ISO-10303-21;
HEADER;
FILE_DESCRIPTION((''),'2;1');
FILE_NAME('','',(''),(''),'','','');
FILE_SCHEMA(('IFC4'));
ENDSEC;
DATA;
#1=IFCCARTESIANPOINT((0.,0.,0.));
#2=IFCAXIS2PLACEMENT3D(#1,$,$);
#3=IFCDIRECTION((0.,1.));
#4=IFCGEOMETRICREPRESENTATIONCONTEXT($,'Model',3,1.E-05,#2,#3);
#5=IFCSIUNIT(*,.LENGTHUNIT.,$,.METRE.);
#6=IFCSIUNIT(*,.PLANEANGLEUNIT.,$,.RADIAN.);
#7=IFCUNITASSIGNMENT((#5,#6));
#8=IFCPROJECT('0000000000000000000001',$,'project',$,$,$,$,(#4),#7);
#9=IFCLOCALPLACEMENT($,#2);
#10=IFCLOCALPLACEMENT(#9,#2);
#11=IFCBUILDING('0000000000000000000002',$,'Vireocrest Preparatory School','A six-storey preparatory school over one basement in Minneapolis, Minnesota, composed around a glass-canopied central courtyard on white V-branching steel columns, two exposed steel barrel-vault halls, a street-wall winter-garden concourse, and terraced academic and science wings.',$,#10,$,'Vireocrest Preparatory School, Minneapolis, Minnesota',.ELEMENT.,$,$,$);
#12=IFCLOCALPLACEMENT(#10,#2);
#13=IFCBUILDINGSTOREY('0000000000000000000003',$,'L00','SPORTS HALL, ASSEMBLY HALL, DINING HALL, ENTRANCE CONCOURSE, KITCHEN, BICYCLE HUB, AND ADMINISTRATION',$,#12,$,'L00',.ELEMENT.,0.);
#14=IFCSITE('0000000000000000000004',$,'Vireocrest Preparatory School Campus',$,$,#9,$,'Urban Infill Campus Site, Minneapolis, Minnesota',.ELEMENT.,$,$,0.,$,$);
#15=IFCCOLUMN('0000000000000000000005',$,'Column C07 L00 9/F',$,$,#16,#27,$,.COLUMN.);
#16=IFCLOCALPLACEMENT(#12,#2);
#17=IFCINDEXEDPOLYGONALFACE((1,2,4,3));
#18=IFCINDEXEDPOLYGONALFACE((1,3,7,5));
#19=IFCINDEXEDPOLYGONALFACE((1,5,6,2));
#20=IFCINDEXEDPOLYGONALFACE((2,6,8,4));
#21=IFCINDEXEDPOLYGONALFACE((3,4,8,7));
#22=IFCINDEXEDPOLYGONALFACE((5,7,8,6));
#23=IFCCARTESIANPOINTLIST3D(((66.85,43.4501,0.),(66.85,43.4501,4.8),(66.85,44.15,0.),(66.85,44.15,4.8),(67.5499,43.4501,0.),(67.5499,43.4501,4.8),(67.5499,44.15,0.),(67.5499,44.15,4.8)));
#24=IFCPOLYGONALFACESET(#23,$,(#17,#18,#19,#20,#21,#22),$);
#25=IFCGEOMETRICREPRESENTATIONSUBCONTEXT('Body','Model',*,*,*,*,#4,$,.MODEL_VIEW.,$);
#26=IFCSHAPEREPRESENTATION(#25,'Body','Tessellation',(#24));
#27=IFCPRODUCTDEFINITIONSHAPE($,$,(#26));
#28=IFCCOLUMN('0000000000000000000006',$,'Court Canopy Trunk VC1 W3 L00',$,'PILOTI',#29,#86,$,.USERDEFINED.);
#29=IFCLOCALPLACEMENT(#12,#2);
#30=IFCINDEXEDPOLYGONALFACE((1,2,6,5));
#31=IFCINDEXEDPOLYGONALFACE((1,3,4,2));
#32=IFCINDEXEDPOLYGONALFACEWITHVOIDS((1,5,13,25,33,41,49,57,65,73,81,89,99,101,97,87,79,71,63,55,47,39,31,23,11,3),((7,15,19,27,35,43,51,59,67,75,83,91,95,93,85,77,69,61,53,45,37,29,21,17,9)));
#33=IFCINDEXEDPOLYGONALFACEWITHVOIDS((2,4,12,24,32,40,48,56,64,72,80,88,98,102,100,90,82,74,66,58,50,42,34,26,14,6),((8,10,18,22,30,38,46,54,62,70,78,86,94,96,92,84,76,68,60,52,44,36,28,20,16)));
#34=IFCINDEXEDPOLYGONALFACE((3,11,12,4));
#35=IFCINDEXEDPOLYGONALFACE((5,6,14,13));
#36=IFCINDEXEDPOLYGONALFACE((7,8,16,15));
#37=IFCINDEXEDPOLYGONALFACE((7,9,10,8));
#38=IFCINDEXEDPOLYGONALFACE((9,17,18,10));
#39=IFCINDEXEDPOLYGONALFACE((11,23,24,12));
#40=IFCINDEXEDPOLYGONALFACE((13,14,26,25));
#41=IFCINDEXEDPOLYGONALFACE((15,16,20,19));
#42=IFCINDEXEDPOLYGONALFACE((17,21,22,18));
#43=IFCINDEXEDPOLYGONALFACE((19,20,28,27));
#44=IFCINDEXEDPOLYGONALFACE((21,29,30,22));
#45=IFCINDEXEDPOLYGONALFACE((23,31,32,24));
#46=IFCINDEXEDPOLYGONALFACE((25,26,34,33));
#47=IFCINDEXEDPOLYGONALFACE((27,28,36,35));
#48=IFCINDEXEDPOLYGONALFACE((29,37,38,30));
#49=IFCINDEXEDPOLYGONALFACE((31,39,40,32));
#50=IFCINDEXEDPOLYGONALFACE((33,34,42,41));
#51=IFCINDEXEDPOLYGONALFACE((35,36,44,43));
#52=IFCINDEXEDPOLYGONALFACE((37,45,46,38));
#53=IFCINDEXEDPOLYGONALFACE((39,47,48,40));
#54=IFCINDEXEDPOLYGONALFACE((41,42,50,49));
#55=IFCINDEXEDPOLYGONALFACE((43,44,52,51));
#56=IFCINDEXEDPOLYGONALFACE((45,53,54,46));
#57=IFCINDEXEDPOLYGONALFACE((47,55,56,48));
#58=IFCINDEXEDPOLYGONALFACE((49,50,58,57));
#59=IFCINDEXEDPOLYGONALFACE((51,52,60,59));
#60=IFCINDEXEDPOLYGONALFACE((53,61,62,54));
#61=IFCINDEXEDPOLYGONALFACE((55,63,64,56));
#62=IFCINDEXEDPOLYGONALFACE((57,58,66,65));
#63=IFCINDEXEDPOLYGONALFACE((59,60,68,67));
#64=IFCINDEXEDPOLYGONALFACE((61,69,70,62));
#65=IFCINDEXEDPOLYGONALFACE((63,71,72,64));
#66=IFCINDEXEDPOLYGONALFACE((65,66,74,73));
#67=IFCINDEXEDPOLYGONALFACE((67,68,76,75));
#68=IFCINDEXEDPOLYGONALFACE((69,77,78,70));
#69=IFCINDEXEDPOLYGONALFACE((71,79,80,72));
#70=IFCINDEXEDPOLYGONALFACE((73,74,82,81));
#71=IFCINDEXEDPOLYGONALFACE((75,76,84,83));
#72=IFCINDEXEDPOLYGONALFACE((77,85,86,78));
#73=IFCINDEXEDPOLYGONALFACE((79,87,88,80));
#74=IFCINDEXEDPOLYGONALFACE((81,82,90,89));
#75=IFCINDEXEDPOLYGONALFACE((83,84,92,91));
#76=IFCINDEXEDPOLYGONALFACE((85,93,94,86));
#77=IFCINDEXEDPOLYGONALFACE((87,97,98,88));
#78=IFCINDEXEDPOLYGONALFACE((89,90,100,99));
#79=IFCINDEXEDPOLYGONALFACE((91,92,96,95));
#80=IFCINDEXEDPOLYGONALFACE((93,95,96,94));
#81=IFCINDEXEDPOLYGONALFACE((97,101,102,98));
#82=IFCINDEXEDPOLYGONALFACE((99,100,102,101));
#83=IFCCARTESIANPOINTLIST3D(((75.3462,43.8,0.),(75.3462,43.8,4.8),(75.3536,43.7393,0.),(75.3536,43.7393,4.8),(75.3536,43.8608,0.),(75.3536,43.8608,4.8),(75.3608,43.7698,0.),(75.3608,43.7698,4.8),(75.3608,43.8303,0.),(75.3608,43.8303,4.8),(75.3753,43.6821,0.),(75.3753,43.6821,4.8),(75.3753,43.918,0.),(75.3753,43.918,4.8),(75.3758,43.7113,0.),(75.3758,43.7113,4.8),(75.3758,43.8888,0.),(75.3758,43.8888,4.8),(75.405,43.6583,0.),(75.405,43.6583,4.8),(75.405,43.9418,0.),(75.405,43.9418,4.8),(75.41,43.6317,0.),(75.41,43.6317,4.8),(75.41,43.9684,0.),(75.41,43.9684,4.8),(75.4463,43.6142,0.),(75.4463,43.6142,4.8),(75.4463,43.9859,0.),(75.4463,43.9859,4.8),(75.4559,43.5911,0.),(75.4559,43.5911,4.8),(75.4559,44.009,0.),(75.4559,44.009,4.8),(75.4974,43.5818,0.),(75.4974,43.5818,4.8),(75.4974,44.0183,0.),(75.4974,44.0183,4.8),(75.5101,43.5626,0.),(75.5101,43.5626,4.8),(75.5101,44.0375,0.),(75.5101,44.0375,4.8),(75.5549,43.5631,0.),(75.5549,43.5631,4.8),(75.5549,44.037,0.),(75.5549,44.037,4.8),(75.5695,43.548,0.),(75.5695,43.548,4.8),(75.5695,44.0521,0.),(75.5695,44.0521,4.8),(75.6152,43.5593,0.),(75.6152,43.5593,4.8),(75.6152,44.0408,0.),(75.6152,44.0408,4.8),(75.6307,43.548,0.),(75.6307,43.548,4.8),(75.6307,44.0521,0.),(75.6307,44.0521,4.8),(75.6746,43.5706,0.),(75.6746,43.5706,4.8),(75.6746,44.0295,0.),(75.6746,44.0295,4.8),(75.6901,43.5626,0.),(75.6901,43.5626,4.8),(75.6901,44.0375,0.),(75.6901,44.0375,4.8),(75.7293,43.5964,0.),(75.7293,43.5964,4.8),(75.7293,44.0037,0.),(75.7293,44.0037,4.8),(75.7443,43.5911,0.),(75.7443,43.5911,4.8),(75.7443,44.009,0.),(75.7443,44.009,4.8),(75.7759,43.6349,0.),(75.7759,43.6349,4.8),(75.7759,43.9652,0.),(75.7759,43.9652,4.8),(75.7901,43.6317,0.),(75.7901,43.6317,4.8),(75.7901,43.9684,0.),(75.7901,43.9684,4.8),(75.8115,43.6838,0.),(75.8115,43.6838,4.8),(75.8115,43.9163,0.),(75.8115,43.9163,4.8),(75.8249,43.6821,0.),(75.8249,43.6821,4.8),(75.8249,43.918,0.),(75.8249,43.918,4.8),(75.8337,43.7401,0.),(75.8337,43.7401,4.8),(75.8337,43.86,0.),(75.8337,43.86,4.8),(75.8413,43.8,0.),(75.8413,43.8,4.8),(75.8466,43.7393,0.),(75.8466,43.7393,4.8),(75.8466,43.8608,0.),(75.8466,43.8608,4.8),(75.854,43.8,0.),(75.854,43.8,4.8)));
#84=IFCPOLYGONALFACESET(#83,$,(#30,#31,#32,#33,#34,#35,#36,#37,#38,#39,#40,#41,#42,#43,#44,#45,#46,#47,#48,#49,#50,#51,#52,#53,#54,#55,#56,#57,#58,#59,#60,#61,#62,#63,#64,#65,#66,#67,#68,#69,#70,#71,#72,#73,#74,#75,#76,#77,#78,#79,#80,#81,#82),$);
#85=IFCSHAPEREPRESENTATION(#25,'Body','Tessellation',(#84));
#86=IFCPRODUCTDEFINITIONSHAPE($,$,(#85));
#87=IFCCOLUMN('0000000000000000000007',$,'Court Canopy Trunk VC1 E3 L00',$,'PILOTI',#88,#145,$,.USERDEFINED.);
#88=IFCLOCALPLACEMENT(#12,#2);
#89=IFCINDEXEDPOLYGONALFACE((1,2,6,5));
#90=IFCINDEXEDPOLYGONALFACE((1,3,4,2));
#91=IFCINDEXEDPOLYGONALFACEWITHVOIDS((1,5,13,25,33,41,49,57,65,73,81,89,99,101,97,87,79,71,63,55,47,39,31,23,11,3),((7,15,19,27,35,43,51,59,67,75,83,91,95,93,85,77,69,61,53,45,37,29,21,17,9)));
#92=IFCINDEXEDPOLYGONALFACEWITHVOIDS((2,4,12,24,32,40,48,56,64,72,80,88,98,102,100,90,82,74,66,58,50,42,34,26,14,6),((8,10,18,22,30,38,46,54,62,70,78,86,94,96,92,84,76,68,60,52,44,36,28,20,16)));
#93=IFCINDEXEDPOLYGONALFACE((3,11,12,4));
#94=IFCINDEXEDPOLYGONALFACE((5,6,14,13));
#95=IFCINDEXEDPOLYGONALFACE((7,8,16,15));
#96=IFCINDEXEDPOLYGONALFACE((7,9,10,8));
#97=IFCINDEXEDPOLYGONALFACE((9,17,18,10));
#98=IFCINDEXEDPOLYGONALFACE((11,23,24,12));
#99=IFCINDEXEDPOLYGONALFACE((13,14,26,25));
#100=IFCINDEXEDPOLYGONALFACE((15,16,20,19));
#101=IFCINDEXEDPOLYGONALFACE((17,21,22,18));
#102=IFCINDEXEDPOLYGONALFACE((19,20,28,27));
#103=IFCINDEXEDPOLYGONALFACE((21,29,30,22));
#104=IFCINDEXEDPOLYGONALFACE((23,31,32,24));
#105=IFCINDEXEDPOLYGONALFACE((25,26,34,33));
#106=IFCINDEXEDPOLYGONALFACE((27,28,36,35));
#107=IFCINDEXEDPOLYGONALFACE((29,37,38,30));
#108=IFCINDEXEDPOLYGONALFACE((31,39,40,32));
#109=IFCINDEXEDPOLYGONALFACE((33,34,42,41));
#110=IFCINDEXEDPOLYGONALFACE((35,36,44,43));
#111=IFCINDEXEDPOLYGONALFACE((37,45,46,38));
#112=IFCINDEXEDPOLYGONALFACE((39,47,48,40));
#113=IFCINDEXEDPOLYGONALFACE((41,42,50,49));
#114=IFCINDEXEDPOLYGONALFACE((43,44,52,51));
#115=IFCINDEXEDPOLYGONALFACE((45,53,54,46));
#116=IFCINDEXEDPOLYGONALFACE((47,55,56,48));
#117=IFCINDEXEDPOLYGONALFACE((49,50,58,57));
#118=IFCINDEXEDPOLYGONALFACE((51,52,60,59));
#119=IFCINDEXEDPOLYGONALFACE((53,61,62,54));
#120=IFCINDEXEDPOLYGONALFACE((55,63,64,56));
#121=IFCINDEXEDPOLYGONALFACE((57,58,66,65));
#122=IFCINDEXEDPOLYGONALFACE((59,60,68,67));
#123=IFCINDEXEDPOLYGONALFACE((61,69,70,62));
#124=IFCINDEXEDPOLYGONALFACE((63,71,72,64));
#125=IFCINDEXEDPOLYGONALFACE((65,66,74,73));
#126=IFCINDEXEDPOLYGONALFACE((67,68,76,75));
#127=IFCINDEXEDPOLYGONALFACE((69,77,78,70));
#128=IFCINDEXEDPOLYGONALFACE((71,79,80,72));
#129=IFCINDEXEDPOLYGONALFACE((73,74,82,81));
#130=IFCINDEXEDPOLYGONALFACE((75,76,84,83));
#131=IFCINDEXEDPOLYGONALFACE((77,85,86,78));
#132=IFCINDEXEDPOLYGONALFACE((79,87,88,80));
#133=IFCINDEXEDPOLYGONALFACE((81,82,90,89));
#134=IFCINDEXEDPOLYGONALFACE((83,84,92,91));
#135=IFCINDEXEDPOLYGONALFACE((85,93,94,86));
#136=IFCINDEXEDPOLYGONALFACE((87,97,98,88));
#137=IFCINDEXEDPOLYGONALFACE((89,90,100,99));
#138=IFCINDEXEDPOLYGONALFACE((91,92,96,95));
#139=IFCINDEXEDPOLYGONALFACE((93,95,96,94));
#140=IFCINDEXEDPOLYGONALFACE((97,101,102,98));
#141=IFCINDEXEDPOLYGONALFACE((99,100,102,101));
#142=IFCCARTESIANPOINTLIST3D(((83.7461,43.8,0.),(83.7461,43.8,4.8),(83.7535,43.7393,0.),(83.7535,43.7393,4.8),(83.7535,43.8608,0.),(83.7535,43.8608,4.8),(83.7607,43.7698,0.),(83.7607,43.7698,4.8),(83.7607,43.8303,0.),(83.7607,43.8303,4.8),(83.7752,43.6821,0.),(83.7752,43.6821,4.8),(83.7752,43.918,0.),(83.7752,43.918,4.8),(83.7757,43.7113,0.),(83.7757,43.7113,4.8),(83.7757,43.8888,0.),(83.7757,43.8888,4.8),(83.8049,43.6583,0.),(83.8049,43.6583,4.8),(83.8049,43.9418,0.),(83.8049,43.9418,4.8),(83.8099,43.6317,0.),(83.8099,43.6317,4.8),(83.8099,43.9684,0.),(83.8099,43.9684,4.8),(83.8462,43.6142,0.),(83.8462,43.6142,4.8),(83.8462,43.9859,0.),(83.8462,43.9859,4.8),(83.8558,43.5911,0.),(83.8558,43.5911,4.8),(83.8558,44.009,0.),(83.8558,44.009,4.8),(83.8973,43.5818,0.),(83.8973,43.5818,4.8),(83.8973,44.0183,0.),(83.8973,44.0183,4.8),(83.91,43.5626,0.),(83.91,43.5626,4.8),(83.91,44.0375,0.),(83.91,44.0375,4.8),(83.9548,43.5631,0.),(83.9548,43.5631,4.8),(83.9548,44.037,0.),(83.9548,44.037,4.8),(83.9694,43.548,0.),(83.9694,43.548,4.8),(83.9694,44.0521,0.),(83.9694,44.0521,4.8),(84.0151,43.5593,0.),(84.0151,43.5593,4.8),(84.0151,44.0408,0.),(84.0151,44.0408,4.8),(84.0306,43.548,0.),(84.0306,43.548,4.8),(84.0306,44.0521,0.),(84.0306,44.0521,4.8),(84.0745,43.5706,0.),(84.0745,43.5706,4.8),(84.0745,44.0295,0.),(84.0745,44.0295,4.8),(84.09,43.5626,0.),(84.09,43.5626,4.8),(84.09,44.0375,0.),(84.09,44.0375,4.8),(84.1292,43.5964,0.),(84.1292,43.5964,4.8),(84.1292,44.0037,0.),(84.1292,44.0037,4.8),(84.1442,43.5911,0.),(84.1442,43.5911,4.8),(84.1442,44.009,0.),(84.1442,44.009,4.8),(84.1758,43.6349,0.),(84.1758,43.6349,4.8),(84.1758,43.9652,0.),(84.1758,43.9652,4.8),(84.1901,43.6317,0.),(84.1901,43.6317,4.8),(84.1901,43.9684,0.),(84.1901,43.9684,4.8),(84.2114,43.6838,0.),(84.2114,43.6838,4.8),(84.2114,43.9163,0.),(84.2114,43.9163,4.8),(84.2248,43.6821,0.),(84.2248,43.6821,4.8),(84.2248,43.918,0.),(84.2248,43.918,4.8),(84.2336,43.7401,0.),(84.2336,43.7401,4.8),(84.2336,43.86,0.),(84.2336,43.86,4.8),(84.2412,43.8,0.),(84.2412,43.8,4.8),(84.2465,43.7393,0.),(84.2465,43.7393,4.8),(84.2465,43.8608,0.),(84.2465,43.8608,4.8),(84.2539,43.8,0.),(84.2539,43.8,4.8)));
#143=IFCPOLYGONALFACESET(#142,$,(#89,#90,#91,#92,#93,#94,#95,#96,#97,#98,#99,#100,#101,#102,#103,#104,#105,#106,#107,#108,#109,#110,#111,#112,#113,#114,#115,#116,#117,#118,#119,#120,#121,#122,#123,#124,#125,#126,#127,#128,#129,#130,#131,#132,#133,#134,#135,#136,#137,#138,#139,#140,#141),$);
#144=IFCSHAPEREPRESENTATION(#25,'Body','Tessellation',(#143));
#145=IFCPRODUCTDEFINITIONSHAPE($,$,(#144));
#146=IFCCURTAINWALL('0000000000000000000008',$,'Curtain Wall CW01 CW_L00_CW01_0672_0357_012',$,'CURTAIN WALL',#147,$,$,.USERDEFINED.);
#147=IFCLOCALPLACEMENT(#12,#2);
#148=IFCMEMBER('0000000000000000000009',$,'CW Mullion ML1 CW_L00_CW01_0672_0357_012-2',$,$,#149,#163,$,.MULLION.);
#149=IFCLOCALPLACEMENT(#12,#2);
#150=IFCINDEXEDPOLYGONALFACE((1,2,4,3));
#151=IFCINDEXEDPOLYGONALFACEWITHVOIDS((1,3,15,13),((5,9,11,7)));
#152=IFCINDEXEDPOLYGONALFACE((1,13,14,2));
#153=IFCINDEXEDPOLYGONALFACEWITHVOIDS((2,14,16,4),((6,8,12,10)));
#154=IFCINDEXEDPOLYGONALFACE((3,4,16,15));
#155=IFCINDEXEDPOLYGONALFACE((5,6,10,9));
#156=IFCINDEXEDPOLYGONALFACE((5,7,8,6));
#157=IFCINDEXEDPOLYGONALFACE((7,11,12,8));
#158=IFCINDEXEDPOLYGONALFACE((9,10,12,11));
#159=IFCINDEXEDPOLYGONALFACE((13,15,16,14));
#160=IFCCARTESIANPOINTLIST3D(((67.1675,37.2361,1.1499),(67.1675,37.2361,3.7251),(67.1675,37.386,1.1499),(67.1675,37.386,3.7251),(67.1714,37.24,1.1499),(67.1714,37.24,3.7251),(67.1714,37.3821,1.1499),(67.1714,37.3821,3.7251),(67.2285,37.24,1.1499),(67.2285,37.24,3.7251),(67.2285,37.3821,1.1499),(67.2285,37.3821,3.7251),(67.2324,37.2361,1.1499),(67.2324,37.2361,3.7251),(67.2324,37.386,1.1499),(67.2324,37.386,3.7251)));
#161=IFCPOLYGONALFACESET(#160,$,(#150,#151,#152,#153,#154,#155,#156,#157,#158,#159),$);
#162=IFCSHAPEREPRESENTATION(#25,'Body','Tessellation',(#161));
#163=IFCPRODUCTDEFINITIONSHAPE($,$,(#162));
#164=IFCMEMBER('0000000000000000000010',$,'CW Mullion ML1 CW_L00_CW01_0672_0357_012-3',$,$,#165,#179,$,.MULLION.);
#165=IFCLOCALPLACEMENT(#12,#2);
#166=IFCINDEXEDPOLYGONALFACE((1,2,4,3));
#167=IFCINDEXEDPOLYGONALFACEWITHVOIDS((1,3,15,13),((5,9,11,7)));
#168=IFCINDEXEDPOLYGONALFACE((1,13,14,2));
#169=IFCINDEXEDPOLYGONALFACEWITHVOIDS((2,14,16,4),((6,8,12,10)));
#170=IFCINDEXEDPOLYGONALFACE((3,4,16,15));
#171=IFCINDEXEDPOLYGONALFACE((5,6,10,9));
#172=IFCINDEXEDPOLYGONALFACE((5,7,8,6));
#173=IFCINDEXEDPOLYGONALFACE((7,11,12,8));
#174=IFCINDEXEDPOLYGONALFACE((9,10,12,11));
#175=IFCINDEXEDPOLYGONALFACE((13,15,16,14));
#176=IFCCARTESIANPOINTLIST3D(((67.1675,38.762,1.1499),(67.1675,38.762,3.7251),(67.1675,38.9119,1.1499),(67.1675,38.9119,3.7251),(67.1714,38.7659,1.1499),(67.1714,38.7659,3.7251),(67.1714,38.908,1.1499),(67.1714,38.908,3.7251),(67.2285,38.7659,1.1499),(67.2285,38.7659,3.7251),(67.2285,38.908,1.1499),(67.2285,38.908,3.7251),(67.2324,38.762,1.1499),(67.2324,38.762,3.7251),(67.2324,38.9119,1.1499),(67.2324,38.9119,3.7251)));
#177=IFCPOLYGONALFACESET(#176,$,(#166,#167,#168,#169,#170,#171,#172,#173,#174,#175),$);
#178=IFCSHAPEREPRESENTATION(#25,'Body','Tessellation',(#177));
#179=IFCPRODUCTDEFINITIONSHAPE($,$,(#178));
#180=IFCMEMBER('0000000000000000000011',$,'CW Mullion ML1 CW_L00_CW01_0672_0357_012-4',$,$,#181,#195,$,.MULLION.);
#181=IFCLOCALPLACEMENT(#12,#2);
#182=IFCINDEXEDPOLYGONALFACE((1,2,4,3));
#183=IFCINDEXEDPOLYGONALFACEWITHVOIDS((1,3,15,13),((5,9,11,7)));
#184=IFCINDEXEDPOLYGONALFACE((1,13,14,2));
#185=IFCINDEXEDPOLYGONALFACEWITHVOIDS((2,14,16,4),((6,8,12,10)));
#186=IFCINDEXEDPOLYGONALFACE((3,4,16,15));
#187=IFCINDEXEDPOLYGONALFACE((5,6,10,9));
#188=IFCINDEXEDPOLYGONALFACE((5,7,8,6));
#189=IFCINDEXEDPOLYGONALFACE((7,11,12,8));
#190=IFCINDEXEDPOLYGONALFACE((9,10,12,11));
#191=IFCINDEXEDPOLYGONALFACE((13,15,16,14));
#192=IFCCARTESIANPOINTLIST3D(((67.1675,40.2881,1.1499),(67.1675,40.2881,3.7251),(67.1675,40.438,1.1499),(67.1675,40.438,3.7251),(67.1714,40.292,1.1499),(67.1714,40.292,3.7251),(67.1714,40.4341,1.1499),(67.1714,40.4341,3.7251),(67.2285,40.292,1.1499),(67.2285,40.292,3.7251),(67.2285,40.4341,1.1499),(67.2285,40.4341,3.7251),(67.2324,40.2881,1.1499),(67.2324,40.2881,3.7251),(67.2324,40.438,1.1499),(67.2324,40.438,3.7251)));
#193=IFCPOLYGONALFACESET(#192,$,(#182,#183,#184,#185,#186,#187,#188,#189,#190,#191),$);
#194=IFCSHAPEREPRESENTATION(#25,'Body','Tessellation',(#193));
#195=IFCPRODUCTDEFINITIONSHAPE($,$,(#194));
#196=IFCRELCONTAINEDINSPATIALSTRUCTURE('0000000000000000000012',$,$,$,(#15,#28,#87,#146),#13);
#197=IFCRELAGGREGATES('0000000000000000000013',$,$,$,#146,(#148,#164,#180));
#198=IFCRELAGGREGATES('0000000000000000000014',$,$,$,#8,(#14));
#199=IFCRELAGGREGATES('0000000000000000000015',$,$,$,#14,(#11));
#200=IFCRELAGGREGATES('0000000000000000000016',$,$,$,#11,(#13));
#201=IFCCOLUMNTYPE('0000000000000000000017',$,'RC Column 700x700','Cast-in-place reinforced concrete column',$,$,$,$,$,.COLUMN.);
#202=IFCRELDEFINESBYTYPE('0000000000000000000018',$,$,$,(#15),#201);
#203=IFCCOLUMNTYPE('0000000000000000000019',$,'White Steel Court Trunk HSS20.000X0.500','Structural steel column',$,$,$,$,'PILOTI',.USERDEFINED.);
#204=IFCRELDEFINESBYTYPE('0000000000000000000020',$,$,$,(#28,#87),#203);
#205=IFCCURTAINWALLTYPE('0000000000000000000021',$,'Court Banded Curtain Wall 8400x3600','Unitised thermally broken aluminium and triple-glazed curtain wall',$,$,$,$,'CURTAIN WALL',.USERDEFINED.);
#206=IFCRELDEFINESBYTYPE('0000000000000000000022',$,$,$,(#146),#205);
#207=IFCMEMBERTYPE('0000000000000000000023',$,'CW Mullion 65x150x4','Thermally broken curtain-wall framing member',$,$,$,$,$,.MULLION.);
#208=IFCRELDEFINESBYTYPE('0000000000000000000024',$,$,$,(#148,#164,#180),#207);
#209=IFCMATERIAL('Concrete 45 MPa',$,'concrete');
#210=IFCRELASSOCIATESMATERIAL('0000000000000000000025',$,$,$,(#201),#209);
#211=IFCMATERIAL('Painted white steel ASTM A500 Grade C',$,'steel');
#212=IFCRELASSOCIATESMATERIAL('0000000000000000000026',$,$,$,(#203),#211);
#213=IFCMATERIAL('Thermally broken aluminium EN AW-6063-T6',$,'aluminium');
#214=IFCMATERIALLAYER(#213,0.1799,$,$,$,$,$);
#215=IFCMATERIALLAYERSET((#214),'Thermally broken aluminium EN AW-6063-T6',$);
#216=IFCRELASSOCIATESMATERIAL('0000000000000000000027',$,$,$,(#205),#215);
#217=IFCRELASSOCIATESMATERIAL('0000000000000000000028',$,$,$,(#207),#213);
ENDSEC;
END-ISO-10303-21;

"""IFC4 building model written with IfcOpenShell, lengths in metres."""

from ifc_helpers import new_model, si_unit, direction, frame, origin, origin_2d, place, context, subcontext, project, spatial, rectangle, hollow_rectangle, hollow_circle, extrude, material, layer, layer_set, material_profile, profile_set, type_object, element, aggregate, save


model = new_model("IFC4")

# Units and contexts
model_context = context("Model", 3, precision=1e-05, world=origin(), true_north=direction((0.0, 1.0)))
body_context = subcontext(model_context, "Body", "Model", "MODEL_VIEW")
ifc_project = project(units=[si_unit("LENGTHUNIT", "METRE"), si_unit("PLANEANGLEUNIT", "RADIAN")], contexts=[model_context])

# Site, building, storey
site_placement = place(None, origin())
site = spatial("IfcSite", under=ifc_project, at=site_placement, Name="Vireocrest Preparatory School Campus", LongName="Urban Infill Campus Site, Minneapolis, Minnesota", CompositionType="ELEMENT", RefElevation=0.0)
building_placement = place(site_placement, origin())
building = spatial("IfcBuilding", under=site, at=building_placement, Name="Vireocrest Preparatory School", Description="A six-storey preparatory school over one basement in Minneapolis, Minnesota, composed around a glass-canopied central courtyard on white V-branching steel columns, two exposed steel barrel-vault halls, a street-wall winter-garden concourse, and terraced academic and science wings.", LongName="Vireocrest Preparatory School, Minneapolis, Minnesota", CompositionType="ELEMENT")
storey_placement = place(building_placement, origin())
storey = spatial("IfcBuildingStorey", under=building, at=storey_placement, Name="L00", Description="SPORTS HALL, ASSEMBLY HALL, DINING HALL, ENTRANCE CONCOURSE, KITCHEN, BICYCLE HUB, AND ADMINISTRATION", LongName="L00", CompositionType="ELEMENT", Elevation=0.0)

# Columns
ifc_material_1 = material(Name="Concrete 45 MPa", Category="concrete")
ifc_material_profile_1 = material_profile(ifc_material_1, rectangle(XDim=0.7, YDim=0.7, at=origin_2d()), Name="RC 700x700")
ifc_profile_set_1 = profile_set([ifc_material_profile_1], Name="Concrete 45 MPa")
column_type_1 = type_object("IfcColumnType", Name="RC Column 700x700", Description="Cast-in-place reinforced concrete column", PredefinedType="COLUMN", material=ifc_profile_set_1)
column_placement = place(storey_placement, frame((67.2, 43.8, 0.0), z_axis=(0.0, 0.0, 1.0), x_axis=(1.0, 0.0, 0.0)))
element("IfcColumn", 1, at=column_placement, inside=storey, type_object=column_type_1, Name="Column C07 L00 9/F", PredefinedType="COLUMN", context=body_context, shape_type="SweptSolid", body=[
    extrude(rectangle(XDim=0.7, YDim=0.7, at=origin_2d()), origin(), (0.0, 0.0, 1.0), 4.8),
])
ifc_material_2 = material(Name="Painted white steel ASTM A500 Grade C", Category="steel")
ifc_material_profile_2 = material_profile(ifc_material_2, hollow_circle(Radius=0.2539, WallThickness=0.0127, at=origin_2d()), Name="HSS20.000X0.500")
ifc_profile_set_2 = profile_set([ifc_material_profile_2], Name="Painted white steel ASTM A500 Grade C")
column_type_2 = type_object("IfcColumnType", Name="White Steel Court Trunk HSS20.000X0.500", Description="Structural steel column", ElementType="PILOTI", PredefinedType="USERDEFINED", material=ifc_profile_set_2)
for number, where, z_axis, x_axis, name in (
    (2, (75.6001, 43.8, 0.0), (0.0, 0.0, 1.0), (1.0, 0.0, 0.0), "Court Canopy Trunk VC1 W3 L00"),
    (3, (84.0, 43.8, 0.0), (0.0, 0.0, 1.0), (1.0, 0.0, 0.0), "Court Canopy Trunk VC1 E3 L00"),
):
    element("IfcColumn", number, at=place(storey_placement, frame(where, z_axis=z_axis, x_axis=x_axis)), inside=storey, type_object=column_type_2, Name=name, ObjectType="PILOTI", PredefinedType="USERDEFINED", context=body_context, shape_type="SweptSolid", body=[
        extrude(hollow_circle(Radius=0.2539, WallThickness=0.0127, at=origin_2d()), origin(), (0.0, 0.0, 1.0), 4.8),
    ])

# Curtain wall, members
ifc_material_3 = material(Name="Thermally broken aluminium EN AW-6063-T6", Category="aluminium")
ifc_layer_1 = layer(ifc_material_3, 0.1799)
ifc_layer_set_1 = layer_set([ifc_layer_1], Name="Thermally broken aluminium EN AW-6063-T6")
curtain_wall_type = type_object("IfcCurtainWallType", Name="Court Banded Curtain Wall 8400x3600", Description="Unitised thermally broken aluminium and triple-glazed curtain wall", ElementType="CURTAIN WALL", PredefinedType="USERDEFINED", material=ifc_layer_set_1)
curtain_wall_1_placement = place(storey_placement, origin())
curtain_wall_1 = element("IfcCurtainWall", 4, at=curtain_wall_1_placement, inside=storey, type_object=curtain_wall_type, Name="Curtain Wall CW01 CW_L00_CW01_0672_0357_012", ObjectType="CURTAIN WALL", PredefinedType="USERDEFINED")
ifc_material_profile_3 = material_profile(ifc_material_3, hollow_rectangle(XDim=0.0649, YDim=0.1499, WallThickness=0.0039, at=origin_2d()), Name="ALU 65x150x4")
ifc_profile_set_3 = profile_set([ifc_material_profile_3], Name="Thermally broken aluminium EN AW-6063-T6")
member_type_1 = type_object("IfcMemberType", Name="CW Mullion 65x150x4", Description="Thermally broken curtain-wall framing member", PredefinedType="MULLION", material=ifc_profile_set_3)
member_1_placement = place(storey_placement, frame((67.2, 37.311, 1.1499), z_axis=(0.0, 0.0, 1.0), x_axis=(1.0, 0.0, 0.0)))
member_1 = element("IfcMember", 5, at=member_1_placement, type_object=member_type_1, Name="CW Mullion ML1 CW_L00_CW01_0672_0357_012-2", PredefinedType="MULLION", context=body_context, shape_type="SweptSolid", body=[
    extrude(hollow_rectangle(XDim=0.0649, YDim=0.1499, WallThickness=0.0039, at=origin_2d()), origin(), (0.0, 0.0, 1.0), 2.5752),
])
member_2_placement = place(storey_placement, frame((67.2, 38.8369, 1.1499), z_axis=(0.0, 0.0, 1.0), x_axis=(1.0, 0.0, 0.0)))
member_2 = element("IfcMember", 6, at=member_2_placement, type_object=member_type_1, Name="CW Mullion ML1 CW_L00_CW01_0672_0357_012-3", PredefinedType="MULLION", context=body_context, shape_type="SweptSolid", body=[
    extrude(hollow_rectangle(XDim=0.0649, YDim=0.1499, WallThickness=0.0039, at=origin_2d()), origin(), (0.0, 0.0, 1.0), 2.5752),
])
member_3_placement = place(storey_placement, frame((67.2, 40.363, 1.1499), z_axis=(0.0, 0.0, 1.0), x_axis=(1.0, 0.0, 0.0)))
member_3 = element("IfcMember", 7, at=member_3_placement, type_object=member_type_1, Name="CW Mullion ML1 CW_L00_CW01_0672_0357_012-4", PredefinedType="MULLION", context=body_context, shape_type="SweptSolid", body=[
    extrude(hollow_rectangle(XDim=0.0649, YDim=0.1499, WallThickness=0.0039, at=origin_2d()), origin(), (0.0, 0.0, 1.0), 2.5752),
])

aggregate(curtain_wall_1, [member_1, member_2, member_3])

save(model, "model.ifc")
